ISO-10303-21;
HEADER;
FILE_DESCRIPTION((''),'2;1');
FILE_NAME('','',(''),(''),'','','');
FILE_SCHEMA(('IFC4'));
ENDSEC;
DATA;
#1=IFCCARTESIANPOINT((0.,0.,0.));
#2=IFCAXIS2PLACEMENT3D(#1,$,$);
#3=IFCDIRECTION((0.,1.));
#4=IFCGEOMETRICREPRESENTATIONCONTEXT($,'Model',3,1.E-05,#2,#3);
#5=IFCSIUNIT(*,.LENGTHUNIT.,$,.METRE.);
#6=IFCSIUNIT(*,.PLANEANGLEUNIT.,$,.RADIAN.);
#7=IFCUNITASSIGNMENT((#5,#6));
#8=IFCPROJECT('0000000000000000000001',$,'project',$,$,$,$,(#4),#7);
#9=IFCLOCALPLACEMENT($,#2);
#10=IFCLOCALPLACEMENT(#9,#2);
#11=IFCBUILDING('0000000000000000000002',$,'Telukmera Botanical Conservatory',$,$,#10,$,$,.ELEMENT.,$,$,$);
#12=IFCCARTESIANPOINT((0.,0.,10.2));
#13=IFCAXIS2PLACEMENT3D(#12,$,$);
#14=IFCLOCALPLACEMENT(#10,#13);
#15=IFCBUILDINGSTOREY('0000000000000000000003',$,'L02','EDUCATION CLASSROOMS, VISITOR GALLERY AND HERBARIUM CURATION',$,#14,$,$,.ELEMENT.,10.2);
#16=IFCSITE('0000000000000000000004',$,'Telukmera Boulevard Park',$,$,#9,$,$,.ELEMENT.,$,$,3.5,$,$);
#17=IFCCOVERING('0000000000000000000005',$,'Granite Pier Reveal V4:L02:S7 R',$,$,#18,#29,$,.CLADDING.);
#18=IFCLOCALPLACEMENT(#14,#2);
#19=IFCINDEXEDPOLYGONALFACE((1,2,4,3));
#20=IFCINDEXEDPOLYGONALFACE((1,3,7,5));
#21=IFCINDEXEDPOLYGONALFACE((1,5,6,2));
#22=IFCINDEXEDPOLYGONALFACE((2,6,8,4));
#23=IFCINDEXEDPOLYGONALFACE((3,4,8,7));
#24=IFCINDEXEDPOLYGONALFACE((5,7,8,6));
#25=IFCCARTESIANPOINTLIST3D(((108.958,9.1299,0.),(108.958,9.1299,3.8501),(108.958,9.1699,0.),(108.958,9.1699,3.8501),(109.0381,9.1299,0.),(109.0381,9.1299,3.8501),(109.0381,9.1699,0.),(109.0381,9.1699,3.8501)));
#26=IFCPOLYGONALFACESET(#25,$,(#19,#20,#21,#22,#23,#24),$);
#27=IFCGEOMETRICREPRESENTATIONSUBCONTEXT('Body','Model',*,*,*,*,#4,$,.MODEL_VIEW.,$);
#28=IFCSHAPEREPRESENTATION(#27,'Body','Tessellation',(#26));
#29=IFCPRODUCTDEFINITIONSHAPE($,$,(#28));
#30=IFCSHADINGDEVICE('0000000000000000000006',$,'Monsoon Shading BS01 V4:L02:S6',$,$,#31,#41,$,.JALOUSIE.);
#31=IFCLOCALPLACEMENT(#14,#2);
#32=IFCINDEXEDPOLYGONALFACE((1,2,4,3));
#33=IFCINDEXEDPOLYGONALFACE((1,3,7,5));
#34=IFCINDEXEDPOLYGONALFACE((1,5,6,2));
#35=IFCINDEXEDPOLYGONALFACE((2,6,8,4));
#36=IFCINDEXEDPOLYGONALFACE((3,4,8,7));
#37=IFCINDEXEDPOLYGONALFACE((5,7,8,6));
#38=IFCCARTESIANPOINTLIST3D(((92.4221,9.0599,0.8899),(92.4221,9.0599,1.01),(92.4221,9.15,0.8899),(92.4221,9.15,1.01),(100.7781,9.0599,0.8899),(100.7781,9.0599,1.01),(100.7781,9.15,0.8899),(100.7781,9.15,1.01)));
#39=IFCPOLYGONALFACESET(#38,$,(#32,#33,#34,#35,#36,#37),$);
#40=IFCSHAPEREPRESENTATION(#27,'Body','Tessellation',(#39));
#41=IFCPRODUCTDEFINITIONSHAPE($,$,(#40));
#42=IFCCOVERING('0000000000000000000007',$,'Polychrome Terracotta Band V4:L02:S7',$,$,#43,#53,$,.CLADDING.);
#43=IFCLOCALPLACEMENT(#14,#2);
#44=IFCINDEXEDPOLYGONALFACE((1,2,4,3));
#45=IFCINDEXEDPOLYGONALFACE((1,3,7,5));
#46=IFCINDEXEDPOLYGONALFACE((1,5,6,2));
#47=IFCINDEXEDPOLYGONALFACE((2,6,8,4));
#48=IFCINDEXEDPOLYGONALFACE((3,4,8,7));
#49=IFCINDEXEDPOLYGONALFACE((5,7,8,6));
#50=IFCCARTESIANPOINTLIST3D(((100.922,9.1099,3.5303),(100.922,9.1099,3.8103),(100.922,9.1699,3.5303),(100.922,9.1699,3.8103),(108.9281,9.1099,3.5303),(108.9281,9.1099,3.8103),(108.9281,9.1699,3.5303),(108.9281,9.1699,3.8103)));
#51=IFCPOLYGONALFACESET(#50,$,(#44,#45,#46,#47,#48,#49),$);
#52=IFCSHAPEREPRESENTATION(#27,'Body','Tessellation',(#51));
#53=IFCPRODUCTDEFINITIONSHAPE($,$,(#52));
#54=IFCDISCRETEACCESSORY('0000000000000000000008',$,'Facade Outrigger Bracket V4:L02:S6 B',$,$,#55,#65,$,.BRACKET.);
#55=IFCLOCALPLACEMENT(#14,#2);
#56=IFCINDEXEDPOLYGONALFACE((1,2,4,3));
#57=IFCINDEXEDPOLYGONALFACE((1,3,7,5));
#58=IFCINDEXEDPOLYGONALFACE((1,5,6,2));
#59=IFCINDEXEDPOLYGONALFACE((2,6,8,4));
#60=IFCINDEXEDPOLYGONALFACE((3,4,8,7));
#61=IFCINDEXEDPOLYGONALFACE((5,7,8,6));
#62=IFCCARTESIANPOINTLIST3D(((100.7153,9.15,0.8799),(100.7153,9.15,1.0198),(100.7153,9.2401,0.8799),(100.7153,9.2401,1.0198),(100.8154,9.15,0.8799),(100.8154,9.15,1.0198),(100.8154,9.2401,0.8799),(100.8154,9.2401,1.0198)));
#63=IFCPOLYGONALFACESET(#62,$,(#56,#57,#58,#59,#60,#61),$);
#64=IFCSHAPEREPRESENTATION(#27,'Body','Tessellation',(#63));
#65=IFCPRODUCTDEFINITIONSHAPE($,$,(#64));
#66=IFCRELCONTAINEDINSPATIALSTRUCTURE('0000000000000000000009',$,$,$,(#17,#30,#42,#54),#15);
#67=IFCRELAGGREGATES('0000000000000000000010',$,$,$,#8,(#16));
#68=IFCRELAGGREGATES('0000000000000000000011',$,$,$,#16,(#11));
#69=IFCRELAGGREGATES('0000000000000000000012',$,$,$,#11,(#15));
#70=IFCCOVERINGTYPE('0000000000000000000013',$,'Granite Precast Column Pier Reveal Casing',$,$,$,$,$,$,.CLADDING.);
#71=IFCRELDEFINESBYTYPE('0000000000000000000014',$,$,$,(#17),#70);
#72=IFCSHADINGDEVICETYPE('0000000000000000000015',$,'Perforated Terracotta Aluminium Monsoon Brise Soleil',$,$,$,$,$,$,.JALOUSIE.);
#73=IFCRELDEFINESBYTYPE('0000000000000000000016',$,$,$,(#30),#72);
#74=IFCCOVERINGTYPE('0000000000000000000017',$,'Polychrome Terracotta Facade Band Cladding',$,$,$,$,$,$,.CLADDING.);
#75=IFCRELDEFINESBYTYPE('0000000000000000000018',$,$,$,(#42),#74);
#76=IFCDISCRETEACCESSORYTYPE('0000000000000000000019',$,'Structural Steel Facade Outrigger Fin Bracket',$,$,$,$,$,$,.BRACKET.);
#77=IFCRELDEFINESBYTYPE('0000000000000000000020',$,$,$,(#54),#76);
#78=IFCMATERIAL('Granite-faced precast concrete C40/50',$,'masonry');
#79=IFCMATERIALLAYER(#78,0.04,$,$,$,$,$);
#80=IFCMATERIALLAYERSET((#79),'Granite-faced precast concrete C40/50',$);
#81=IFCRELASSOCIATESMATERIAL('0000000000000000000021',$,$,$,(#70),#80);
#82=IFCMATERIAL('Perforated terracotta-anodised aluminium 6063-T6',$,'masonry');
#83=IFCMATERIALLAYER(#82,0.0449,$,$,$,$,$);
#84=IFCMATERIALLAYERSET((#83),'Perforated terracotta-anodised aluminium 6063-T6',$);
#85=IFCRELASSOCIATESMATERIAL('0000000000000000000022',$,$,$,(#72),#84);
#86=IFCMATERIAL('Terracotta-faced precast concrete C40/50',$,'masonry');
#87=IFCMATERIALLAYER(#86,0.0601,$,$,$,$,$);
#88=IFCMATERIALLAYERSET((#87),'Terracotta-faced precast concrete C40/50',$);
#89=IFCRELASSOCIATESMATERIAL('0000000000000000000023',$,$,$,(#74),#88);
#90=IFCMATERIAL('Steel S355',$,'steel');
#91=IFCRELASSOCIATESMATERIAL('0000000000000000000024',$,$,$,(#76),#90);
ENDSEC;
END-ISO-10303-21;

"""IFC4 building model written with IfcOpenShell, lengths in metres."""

from ifc_helpers import new_model, si_unit, direction, frame, origin, origin_2d, place, context, subcontext, project, spatial, rectangle, extrude, material, layer, layer_set, type_object, element, save


model = new_model("IFC4")

# Units and contexts
model_context = context("Model", 3, precision=1e-05, world=origin(), true_north=direction((0.0, 1.0)))
body_context = subcontext(model_context, "Body", "Model", "MODEL_VIEW")
ifc_project = project(units=[si_unit("LENGTHUNIT", "METRE"), si_unit("PLANEANGLEUNIT", "RADIAN")], contexts=[model_context])

# Site, building, storey
site_placement = place(None, origin())
site = spatial("IfcSite", under=ifc_project, at=site_placement, Name="Telukmera Boulevard Park", CompositionType="ELEMENT", RefElevation=3.5)
building_placement = place(site_placement, origin())
building = spatial("IfcBuilding", under=site, at=building_placement, Name="Telukmera Botanical Conservatory", CompositionType="ELEMENT")
storey_placement = place(building_placement, frame((0.0, 0.0, 10.2)))
storey = spatial("IfcBuildingStorey", under=building, at=storey_placement, Name="L02", Description="EDUCATION CLASSROOMS, VISITOR GALLERY AND HERBARIUM CURATION", CompositionType="ELEMENT", Elevation=10.2)

# Covering
ifc_material_1 = material(Name="Granite-faced precast concrete C40/50", Category="masonry")
ifc_layer_1 = layer(ifc_material_1, 0.04)
ifc_layer_set_1 = layer_set([ifc_layer_1], Name="Granite-faced precast concrete C40/50")
covering_type_1 = type_object("IfcCoveringType", Name="Granite Precast Column Pier Reveal Casing", PredefinedType="CLADDING", material=ifc_layer_set_1)
for number, where, z_axis, x_axis, name in (
    (1, (108.998, 9.1499, 0.0), (0.0, 0.0, 1.0), (1.0, 0.0, 0.0), "Granite Pier Reveal V4:L02:S7 R"),
):
    element("IfcCovering", number, at=place(storey_placement, frame(where, z_axis=z_axis, x_axis=x_axis)), inside=storey, type_object=covering_type_1, Name=name, PredefinedType="CLADDING", context=body_context, shape_type="SweptSolid", body=[
        extrude(rectangle(XDim=0.0801, YDim=0.04, at=origin_2d()), origin(), (0.0, 0.0, 1.0), 3.8501),
    ])

# Shading device
ifc_material_2 = material(Name="Perforated terracotta-anodised aluminium 6063-T6", Category="masonry")
ifc_layer_2 = layer(ifc_material_2, 0.0449)
ifc_layer_set_2 = layer_set([ifc_layer_2], Name="Perforated terracotta-anodised aluminium 6063-T6")
shading_device_type = type_object("IfcShadingDeviceType", Name="Perforated Terracotta Aluminium Monsoon Brise Soleil", PredefinedType="JALOUSIE", material=ifc_layer_set_2)
shading_device_placement = place(storey_placement, frame((96.6001, 9.105, 0.8899), z_axis=(0.0, 0.0, 1.0), x_axis=(1.0, 0.0, 0.0)))
element("IfcShadingDevice", 2, at=shading_device_placement, inside=storey, type_object=shading_device_type, Name="Monsoon Shading BS01 V4:L02:S6", PredefinedType="JALOUSIE", context=body_context, shape_type="SweptSolid", body=[
    extrude(rectangle(XDim=8.356, YDim=0.0901, at=origin_2d()), origin(), (0.0, 0.0, 1.0), 0.1201),
])

# Covering
ifc_material_3 = material(Name="Terracotta-faced precast concrete C40/50", Category="masonry")
ifc_layer_3 = layer(ifc_material_3, 0.0601)
ifc_layer_set_3 = layer_set([ifc_layer_3], Name="Terracotta-faced precast concrete C40/50")
covering_type_2 = type_object("IfcCoveringType", Name="Polychrome Terracotta Facade Band Cladding", PredefinedType="CLADDING", material=ifc_layer_set_3)
covering_placement = place(storey_placement, frame((104.925, 9.1399, 3.5303), z_axis=(0.0, 0.0, 1.0), x_axis=(1.0, 0.0, 0.0)))
element("IfcCovering", 3, at=covering_placement, inside=storey, type_object=covering_type_2, Name="Polychrome Terracotta Band V4:L02:S7", PredefinedType="CLADDING", context=body_context, shape_type="SweptSolid", body=[
    extrude(rectangle(XDim=8.0061, YDim=0.0601, at=origin_2d()), origin(), (0.0, 0.0, 1.0), 0.28),
])

# Discrete accessory
ifc_material_4 = material(Name="Steel S355", Category="steel")
discrete_accessory_type = type_object("IfcDiscreteAccessoryType", Name="Structural Steel Facade Outrigger Fin Bracket", PredefinedType="BRACKET", material=ifc_material_4)
discrete_accessory_placement = place(storey_placement, frame((100.7654, 9.1951, 0.8799), z_axis=(0.0, 0.0, 1.0), x_axis=(1.0, 0.0, 0.0)))
element("IfcDiscreteAccessory", 4, at=discrete_accessory_placement, inside=storey, type_object=discrete_accessory_type, Name="Facade Outrigger Bracket V4:L02:S6 B", PredefinedType="BRACKET", context=body_context, shape_type="SweptSolid", body=[
    extrude(rectangle(XDim=0.1001, YDim=0.0901, at=origin_2d()), origin(), (0.0, 0.0, 1.0), 0.1399),
])

save(model, "model.ifc")
